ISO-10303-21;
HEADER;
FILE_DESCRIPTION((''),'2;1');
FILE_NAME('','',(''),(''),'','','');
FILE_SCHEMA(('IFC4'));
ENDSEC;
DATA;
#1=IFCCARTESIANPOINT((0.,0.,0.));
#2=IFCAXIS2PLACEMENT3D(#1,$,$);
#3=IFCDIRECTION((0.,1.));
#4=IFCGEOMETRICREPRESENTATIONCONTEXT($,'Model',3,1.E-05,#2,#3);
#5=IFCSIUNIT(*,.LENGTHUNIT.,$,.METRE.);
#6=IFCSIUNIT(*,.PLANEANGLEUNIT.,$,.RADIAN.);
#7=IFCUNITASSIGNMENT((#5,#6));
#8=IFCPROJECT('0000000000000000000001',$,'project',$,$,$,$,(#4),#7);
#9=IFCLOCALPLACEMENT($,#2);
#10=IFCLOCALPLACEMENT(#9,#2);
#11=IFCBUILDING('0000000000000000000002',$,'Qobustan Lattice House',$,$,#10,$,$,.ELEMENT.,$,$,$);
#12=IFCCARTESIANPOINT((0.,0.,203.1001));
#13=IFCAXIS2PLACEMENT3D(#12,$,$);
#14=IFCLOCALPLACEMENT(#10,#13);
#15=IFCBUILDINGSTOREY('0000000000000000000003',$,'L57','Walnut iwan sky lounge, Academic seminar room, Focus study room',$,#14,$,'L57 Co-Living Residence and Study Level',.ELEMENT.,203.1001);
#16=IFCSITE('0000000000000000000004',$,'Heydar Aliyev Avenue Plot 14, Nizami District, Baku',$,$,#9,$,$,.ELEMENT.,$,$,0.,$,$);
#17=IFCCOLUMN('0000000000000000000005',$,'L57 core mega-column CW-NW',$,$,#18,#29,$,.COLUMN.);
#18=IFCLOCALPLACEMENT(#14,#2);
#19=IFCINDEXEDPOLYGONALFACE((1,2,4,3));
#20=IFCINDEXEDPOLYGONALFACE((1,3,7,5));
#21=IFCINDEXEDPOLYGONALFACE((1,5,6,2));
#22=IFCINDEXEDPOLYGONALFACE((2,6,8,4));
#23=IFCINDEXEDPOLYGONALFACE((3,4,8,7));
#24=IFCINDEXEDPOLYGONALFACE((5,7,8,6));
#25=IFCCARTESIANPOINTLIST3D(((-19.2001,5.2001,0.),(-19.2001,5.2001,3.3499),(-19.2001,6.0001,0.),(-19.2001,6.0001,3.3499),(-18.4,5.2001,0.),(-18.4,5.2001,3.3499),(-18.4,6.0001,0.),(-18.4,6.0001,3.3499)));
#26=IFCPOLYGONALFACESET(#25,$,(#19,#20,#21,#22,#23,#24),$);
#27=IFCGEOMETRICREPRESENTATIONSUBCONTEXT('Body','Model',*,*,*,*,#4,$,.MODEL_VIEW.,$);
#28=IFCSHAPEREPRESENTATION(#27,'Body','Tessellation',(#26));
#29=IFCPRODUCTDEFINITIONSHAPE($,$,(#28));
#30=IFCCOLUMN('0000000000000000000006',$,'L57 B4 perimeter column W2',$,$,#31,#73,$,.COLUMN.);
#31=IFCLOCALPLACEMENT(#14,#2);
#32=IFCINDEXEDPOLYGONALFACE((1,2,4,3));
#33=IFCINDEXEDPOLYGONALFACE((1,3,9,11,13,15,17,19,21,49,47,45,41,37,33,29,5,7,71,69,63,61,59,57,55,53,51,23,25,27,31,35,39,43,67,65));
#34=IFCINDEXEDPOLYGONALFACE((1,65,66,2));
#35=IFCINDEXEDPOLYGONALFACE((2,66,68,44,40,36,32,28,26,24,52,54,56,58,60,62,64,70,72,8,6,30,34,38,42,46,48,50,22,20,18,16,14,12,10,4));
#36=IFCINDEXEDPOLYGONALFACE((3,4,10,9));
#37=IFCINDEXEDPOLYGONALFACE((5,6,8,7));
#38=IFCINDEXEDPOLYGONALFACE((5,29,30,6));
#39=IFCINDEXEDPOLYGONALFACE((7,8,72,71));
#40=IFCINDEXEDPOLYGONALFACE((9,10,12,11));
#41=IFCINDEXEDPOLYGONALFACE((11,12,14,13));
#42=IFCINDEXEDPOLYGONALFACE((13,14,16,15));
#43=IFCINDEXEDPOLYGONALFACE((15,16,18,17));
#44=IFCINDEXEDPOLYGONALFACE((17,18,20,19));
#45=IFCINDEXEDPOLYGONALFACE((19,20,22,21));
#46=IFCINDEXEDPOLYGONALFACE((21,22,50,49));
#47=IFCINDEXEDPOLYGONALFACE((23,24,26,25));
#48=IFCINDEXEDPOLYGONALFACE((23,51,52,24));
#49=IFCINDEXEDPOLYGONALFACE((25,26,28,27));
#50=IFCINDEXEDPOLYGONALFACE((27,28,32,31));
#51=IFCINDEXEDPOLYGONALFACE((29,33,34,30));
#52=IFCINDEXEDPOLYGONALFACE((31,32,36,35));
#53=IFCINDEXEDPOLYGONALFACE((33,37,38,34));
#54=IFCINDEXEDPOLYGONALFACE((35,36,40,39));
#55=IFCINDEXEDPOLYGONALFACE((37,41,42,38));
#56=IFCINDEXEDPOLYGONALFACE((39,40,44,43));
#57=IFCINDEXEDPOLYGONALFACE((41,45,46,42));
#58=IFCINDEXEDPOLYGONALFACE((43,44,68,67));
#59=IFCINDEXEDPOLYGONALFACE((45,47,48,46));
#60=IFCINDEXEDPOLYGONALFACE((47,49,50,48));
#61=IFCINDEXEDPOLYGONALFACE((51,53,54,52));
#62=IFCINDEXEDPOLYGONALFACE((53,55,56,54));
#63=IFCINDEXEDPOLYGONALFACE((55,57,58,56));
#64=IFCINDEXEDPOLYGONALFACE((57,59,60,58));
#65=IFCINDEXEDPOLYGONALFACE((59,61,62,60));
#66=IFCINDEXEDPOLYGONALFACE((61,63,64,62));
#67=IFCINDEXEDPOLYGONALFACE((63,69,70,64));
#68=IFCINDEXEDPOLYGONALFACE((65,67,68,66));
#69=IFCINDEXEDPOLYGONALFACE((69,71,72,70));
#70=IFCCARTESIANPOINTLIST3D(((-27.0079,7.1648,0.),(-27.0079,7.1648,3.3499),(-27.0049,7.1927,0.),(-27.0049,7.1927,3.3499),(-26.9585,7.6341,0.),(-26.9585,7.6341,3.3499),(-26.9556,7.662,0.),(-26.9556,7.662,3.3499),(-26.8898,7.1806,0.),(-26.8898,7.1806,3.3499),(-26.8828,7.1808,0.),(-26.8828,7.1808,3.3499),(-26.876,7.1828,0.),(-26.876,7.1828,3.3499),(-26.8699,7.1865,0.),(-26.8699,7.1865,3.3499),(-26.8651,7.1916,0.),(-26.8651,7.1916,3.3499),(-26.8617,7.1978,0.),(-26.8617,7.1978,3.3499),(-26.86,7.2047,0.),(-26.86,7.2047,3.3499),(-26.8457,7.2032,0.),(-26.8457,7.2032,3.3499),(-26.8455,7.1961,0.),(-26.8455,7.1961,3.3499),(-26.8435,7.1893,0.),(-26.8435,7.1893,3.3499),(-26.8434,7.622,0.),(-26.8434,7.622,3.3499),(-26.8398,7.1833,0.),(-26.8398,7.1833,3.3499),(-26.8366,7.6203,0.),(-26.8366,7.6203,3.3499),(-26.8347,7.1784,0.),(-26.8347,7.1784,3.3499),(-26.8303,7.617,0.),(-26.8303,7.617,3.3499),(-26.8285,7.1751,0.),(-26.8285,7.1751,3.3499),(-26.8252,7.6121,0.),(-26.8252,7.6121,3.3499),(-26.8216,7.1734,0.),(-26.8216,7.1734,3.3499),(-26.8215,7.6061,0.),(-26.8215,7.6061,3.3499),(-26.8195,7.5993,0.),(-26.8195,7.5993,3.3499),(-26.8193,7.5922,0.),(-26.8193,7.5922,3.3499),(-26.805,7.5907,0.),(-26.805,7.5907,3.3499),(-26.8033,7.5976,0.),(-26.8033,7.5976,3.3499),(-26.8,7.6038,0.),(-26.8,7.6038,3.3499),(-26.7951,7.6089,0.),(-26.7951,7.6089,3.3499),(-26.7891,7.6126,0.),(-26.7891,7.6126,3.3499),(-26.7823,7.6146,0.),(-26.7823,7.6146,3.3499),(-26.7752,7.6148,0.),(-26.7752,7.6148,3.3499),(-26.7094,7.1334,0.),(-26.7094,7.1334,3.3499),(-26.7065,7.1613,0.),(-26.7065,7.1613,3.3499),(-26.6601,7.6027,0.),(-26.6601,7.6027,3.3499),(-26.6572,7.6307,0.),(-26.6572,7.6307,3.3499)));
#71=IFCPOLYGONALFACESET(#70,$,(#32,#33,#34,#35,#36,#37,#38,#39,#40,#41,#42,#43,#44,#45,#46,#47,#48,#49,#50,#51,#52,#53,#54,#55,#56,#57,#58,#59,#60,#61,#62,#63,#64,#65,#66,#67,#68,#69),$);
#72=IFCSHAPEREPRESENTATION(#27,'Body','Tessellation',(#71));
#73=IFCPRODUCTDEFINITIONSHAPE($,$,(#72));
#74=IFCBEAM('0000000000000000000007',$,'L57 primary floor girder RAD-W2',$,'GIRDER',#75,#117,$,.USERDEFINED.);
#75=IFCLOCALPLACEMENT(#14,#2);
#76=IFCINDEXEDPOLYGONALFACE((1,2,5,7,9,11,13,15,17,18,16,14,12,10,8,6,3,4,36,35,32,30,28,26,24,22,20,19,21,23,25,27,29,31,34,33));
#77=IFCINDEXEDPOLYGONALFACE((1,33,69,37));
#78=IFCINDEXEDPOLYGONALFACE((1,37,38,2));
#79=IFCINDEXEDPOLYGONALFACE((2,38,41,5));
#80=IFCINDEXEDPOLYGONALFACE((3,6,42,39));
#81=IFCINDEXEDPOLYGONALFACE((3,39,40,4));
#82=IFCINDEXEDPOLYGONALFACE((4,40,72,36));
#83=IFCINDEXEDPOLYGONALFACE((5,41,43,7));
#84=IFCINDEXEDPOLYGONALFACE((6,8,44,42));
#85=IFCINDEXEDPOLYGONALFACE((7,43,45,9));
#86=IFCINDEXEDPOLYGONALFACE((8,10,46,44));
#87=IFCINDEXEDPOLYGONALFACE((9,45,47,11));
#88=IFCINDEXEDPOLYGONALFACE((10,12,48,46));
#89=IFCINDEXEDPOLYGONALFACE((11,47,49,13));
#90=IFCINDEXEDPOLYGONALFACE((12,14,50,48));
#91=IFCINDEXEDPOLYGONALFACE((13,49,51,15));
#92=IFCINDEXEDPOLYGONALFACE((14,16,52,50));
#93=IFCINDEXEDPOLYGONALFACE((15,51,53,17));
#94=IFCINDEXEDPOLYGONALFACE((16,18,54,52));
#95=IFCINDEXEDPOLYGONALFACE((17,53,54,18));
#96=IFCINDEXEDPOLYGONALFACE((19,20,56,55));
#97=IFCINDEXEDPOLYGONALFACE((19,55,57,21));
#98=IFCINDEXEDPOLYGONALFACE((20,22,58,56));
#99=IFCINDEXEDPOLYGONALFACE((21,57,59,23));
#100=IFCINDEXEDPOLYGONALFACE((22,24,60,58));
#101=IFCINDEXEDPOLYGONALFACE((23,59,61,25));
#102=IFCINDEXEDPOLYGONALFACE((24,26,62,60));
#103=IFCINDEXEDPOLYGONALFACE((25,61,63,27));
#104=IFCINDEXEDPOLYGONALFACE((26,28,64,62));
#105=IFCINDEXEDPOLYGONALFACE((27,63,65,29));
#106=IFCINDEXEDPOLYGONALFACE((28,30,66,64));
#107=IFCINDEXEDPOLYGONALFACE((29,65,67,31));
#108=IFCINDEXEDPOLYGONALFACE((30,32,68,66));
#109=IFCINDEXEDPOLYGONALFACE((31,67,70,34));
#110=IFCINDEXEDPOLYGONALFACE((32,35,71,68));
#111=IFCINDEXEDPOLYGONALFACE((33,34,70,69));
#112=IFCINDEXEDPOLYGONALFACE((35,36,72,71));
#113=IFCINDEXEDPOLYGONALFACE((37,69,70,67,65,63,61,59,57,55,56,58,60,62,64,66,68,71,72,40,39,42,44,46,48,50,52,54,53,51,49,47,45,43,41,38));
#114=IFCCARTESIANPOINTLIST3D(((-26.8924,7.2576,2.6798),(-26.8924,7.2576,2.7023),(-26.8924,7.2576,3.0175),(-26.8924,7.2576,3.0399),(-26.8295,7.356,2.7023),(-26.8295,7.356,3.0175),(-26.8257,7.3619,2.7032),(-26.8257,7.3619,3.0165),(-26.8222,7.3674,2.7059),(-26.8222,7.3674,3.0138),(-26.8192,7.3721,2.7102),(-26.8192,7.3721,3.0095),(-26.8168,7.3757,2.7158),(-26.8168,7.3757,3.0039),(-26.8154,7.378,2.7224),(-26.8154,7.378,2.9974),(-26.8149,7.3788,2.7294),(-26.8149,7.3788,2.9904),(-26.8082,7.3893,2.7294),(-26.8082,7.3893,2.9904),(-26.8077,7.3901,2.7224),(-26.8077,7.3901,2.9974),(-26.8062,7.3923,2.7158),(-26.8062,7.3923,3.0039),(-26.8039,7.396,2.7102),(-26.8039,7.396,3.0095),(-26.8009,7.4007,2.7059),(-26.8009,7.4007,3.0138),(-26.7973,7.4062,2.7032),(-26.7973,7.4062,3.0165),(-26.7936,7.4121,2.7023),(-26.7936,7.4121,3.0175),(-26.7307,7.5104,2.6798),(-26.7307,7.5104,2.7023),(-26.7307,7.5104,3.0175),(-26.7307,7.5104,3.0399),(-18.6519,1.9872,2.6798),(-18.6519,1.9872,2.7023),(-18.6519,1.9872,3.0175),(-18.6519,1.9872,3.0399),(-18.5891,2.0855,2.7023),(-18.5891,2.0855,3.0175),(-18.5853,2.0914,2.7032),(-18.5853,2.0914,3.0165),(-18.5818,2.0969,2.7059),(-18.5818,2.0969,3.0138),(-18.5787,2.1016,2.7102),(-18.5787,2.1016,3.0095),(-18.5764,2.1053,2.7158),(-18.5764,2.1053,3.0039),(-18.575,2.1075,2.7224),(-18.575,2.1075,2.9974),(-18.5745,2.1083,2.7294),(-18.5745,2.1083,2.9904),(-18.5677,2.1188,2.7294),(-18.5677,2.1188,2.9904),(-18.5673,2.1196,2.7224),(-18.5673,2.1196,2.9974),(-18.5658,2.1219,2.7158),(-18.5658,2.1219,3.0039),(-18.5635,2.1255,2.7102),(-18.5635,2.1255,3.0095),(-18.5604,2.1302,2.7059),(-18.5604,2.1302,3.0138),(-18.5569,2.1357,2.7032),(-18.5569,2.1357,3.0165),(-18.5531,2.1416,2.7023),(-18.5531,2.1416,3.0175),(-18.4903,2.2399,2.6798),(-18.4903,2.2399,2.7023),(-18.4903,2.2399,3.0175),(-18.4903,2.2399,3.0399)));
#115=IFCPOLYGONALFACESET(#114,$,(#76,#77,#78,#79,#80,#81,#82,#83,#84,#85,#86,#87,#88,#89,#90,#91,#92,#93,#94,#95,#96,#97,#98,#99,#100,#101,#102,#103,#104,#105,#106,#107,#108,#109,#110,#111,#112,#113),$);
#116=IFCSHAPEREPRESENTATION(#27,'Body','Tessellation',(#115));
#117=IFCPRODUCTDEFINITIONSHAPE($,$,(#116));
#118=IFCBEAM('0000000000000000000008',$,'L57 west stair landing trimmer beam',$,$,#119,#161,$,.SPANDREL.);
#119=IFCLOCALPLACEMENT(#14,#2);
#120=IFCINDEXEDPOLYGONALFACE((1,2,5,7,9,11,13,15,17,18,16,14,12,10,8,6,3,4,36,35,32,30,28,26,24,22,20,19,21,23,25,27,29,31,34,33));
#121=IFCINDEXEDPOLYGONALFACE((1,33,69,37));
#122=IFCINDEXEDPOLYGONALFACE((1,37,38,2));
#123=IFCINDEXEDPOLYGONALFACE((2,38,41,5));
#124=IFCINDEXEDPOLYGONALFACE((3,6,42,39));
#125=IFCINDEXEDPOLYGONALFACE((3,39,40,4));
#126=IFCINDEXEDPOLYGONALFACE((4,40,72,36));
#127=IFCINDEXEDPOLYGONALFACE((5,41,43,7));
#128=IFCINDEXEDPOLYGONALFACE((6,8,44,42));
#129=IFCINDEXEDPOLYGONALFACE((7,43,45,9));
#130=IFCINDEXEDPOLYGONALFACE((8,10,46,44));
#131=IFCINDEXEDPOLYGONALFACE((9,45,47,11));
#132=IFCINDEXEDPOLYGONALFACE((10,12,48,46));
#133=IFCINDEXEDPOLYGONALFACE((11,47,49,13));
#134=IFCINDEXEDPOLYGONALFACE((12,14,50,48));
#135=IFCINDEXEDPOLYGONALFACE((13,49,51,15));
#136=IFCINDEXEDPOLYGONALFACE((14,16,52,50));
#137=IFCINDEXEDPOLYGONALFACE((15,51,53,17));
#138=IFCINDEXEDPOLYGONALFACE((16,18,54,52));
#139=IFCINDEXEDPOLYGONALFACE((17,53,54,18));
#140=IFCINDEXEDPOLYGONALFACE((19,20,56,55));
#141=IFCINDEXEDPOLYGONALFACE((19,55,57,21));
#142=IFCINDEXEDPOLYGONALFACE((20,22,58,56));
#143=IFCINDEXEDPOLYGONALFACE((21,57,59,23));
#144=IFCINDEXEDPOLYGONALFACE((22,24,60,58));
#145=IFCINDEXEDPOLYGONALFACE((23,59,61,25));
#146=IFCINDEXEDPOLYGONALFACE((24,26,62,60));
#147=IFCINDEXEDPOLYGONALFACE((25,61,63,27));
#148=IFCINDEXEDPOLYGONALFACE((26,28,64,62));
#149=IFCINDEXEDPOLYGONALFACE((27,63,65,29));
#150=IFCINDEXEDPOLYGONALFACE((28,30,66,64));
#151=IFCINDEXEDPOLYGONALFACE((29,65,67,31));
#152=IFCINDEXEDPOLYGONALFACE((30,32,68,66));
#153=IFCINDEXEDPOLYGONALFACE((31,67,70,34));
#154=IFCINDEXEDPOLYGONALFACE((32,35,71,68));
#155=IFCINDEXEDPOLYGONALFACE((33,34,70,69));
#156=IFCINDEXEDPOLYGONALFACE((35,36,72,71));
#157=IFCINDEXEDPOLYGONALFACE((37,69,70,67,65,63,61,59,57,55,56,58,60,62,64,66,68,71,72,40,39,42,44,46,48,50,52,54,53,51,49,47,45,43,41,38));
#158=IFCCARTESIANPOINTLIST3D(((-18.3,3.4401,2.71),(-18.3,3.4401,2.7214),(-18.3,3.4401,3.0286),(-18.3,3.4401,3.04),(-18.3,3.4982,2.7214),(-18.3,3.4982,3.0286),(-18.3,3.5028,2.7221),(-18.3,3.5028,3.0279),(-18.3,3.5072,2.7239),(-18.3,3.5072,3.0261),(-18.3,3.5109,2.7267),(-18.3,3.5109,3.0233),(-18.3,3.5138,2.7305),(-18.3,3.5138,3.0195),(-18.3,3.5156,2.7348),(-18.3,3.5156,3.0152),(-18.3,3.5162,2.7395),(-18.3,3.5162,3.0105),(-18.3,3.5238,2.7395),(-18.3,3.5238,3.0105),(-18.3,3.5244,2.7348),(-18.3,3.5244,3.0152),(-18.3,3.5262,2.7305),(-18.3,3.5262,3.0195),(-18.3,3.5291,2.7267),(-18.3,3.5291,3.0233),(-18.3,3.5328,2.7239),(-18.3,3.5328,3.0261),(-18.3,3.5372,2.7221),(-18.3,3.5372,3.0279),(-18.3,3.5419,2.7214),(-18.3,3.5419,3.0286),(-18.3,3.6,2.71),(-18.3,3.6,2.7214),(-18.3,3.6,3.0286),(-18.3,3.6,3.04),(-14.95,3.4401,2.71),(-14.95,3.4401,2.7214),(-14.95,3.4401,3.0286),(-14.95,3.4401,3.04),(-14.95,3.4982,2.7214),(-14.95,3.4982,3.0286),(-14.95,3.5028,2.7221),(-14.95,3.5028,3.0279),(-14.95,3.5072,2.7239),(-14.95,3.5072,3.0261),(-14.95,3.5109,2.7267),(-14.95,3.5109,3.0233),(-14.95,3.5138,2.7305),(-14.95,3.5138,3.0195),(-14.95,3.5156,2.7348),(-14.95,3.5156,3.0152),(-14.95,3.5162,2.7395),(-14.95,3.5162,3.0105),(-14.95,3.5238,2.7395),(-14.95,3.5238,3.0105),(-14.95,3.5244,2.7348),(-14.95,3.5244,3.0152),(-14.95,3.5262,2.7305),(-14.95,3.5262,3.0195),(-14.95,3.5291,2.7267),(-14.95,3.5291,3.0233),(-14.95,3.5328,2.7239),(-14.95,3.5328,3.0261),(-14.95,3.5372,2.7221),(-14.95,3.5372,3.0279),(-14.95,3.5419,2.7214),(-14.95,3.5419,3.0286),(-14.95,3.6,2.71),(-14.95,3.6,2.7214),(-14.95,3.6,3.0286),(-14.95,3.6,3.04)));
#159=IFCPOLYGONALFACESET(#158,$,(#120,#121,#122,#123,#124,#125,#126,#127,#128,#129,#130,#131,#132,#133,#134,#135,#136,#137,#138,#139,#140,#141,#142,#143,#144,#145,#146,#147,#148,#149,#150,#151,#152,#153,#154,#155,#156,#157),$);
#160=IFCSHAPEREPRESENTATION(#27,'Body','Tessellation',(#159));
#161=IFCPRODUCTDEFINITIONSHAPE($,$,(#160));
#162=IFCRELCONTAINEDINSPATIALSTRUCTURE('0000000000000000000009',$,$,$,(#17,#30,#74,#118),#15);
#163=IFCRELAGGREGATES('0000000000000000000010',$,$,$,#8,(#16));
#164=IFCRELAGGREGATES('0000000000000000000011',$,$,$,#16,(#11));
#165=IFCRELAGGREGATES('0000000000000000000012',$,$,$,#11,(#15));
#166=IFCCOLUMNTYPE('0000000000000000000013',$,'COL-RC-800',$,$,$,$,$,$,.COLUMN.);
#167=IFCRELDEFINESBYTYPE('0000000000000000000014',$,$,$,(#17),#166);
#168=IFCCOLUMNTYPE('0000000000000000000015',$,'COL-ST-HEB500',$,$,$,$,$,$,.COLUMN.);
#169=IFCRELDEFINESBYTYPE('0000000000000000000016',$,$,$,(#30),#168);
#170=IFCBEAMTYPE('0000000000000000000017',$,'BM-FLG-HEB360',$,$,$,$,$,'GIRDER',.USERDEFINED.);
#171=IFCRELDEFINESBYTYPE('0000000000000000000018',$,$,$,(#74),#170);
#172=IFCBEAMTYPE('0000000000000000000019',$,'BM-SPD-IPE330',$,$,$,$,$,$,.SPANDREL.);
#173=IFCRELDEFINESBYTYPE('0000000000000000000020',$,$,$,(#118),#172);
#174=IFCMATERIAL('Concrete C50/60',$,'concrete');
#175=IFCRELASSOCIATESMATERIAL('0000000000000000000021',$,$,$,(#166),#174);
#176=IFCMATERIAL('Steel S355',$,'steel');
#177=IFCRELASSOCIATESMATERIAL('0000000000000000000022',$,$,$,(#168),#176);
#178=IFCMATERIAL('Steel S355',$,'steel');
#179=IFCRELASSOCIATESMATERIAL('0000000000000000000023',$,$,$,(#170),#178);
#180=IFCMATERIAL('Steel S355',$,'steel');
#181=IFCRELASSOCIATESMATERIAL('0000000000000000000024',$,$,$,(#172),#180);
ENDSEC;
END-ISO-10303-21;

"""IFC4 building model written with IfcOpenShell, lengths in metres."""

from ifc_helpers import new_model, si_unit, direction, frame, origin, origin_2d, place, context, subcontext, project, spatial, rectangle, i_section, extrude, material, material_profile, profile_set, type_object, element, save


model = new_model("IFC4")

# Units and contexts
model_context = context("Model", 3, precision=1e-05, world=origin(), true_north=direction((0.0, 1.0)))
body_context = subcontext(model_context, "Body", "Model", "MODEL_VIEW")
ifc_project = project(units=[si_unit("LENGTHUNIT", "METRE"), si_unit("PLANEANGLEUNIT", "RADIAN")], contexts=[model_context])

# Site, building, storey
site_placement = place(None, origin())
site = spatial("IfcSite", under=ifc_project, at=site_placement, Name="Heydar Aliyev Avenue Plot 14, Nizami District, Baku", CompositionType="ELEMENT", RefElevation=0.0)
building_placement = place(site_placement, origin())
building = spatial("IfcBuilding", under=site, at=building_placement, Name="Qobustan Lattice House", CompositionType="ELEMENT")
storey_placement = place(building_placement, frame((0.0, 0.0, 203.1001)))
storey = spatial("IfcBuildingStorey", under=building, at=storey_placement, Name="L57", Description="Walnut iwan sky lounge, Academic seminar room, Focus study room", LongName="L57 Co-Living Residence and Study Level", CompositionType="ELEMENT", Elevation=203.1001)

# Columns
ifc_material_1 = material(Name="Concrete C50/60", Category="concrete")
ifc_material_profile_1 = material_profile(ifc_material_1, rectangle(XDim=0.8, YDim=0.8, at=origin_2d()), Name="RC800x800")
ifc_profile_set_1 = profile_set([ifc_material_profile_1], Name="Concrete C50/60")
column_type_1 = type_object("IfcColumnType", Name="COL-RC-800", PredefinedType="COLUMN", material=ifc_profile_set_1)
column_1_placement = place(storey_placement, frame((-18.8, 5.6001, 0.0), z_axis=(0.0, 0.0, 1.0), x_axis=(1.0, 0.0, 0.0)))
element("IfcColumn", 1, at=column_1_placement, inside=storey, type_object=column_type_1, Name="L57 core mega-column CW-NW", PredefinedType="COLUMN", context=body_context, shape_type="SweptSolid", body=[
    extrude(rectangle(XDim=0.8, YDim=0.8, at=origin_2d()), origin(), (0.0, 0.0, 1.0), 3.3499),
])
ifc_material_2 = material(Name="Steel S355", Category="steel")
ifc_material_profile_2 = material_profile(ifc_material_2, i_section(OverallWidth=0.3, OverallDepth=0.5, WebThickness=0.0144, FlangeThickness=0.0281, FilletRadius=0.0271, at=origin_2d()), Name="HEB500")
ifc_profile_set_2 = profile_set([ifc_material_profile_2], Name="Steel S355")
column_type_2 = type_object("IfcColumnType", Name="COL-ST-HEB500", PredefinedType="COLUMN", material=ifc_profile_set_2)
column_2_placement = place(storey_placement, frame((-26.8325, 7.3977, 0.0), z_axis=(0.0, 0.0, 1.0), x_axis=(0.994522, -0.104528, 0.0)))
element("IfcColumn", 2, at=column_2_placement, inside=storey, type_object=column_type_2, Name="L57 B4 perimeter column W2", PredefinedType="COLUMN", context=body_context, shape_type="SweptSolid", body=[
    extrude(i_section(OverallWidth=0.3, OverallDepth=0.5, WebThickness=0.0144, FlangeThickness=0.0281, FilletRadius=0.0271, at=origin_2d()), origin(), (0.0, 0.0, 1.0), 3.3499),
])

# Beams
ifc_material_3 = material(Name="Steel S355", Category="steel")
ifc_material_profile_3 = material_profile(ifc_material_3, i_section(OverallWidth=0.3, OverallDepth=0.3601, WebThickness=0.0125, FlangeThickness=0.0225, FilletRadius=0.0271, at=origin_2d()), Name="HEB360")
ifc_profile_set_3 = profile_set([ifc_material_profile_3], Name="Steel S355")
beam_type_1 = type_object("IfcBeamType", Name="BM-FLG-HEB360", ElementType="GIRDER", PredefinedType="USERDEFINED", material=ifc_profile_set_3)
beam_1_placement = place(storey_placement, frame((-26.8115, 7.384, 2.8599), z_axis=(0.842429, -0.538807, 0.0), x_axis=(0.538807, 0.842429, 0.0)))
element("IfcBeam", 3, at=beam_1_placement, inside=storey, type_object=beam_type_1, Name="L57 primary floor girder RAD-W2", ObjectType="GIRDER", PredefinedType="USERDEFINED", context=body_context, shape_type="SweptSolid", body=[
    extrude(i_section(OverallWidth=0.3, OverallDepth=0.3601, WebThickness=0.0125, FlangeThickness=0.0225, FilletRadius=0.0271, at=origin_2d()), origin(), (0.0, 0.0, 1.0), 9.7817),
])
ifc_material_4 = material(Name="Steel S355", Category="steel")
ifc_material_profile_4 = material_profile(ifc_material_4, i_section(OverallWidth=0.1599, OverallDepth=0.3301, WebThickness=0.0076, FlangeThickness=0.0115, FilletRadius=0.0181, at=origin_2d()), Name="IPE330")
ifc_profile_set_4 = profile_set([ifc_material_profile_4], Name="Steel S355")
beam_type_2 = type_object("IfcBeamType", Name="BM-SPD-IPE330", PredefinedType="SPANDREL", material=ifc_profile_set_4)
beam_2_placement = place(storey_placement, frame((-18.3, 3.52, 2.875), z_axis=(1.0, 0.0, 0.0), x_axis=(0.0, 1.0, 0.0)))
element("IfcBeam", 4, at=beam_2_placement, inside=storey, type_object=beam_type_2, Name="L57 west stair landing trimmer beam", PredefinedType="SPANDREL", context=body_context, shape_type="SweptSolid", body=[
    extrude(i_section(OverallWidth=0.1599, OverallDepth=0.3301, WebThickness=0.0076, FlangeThickness=0.0115, FilletRadius=0.0181, at=origin_2d()), origin(), (0.0, 0.0, 1.0), 3.3501),
])

save(model, "model.ifc")
